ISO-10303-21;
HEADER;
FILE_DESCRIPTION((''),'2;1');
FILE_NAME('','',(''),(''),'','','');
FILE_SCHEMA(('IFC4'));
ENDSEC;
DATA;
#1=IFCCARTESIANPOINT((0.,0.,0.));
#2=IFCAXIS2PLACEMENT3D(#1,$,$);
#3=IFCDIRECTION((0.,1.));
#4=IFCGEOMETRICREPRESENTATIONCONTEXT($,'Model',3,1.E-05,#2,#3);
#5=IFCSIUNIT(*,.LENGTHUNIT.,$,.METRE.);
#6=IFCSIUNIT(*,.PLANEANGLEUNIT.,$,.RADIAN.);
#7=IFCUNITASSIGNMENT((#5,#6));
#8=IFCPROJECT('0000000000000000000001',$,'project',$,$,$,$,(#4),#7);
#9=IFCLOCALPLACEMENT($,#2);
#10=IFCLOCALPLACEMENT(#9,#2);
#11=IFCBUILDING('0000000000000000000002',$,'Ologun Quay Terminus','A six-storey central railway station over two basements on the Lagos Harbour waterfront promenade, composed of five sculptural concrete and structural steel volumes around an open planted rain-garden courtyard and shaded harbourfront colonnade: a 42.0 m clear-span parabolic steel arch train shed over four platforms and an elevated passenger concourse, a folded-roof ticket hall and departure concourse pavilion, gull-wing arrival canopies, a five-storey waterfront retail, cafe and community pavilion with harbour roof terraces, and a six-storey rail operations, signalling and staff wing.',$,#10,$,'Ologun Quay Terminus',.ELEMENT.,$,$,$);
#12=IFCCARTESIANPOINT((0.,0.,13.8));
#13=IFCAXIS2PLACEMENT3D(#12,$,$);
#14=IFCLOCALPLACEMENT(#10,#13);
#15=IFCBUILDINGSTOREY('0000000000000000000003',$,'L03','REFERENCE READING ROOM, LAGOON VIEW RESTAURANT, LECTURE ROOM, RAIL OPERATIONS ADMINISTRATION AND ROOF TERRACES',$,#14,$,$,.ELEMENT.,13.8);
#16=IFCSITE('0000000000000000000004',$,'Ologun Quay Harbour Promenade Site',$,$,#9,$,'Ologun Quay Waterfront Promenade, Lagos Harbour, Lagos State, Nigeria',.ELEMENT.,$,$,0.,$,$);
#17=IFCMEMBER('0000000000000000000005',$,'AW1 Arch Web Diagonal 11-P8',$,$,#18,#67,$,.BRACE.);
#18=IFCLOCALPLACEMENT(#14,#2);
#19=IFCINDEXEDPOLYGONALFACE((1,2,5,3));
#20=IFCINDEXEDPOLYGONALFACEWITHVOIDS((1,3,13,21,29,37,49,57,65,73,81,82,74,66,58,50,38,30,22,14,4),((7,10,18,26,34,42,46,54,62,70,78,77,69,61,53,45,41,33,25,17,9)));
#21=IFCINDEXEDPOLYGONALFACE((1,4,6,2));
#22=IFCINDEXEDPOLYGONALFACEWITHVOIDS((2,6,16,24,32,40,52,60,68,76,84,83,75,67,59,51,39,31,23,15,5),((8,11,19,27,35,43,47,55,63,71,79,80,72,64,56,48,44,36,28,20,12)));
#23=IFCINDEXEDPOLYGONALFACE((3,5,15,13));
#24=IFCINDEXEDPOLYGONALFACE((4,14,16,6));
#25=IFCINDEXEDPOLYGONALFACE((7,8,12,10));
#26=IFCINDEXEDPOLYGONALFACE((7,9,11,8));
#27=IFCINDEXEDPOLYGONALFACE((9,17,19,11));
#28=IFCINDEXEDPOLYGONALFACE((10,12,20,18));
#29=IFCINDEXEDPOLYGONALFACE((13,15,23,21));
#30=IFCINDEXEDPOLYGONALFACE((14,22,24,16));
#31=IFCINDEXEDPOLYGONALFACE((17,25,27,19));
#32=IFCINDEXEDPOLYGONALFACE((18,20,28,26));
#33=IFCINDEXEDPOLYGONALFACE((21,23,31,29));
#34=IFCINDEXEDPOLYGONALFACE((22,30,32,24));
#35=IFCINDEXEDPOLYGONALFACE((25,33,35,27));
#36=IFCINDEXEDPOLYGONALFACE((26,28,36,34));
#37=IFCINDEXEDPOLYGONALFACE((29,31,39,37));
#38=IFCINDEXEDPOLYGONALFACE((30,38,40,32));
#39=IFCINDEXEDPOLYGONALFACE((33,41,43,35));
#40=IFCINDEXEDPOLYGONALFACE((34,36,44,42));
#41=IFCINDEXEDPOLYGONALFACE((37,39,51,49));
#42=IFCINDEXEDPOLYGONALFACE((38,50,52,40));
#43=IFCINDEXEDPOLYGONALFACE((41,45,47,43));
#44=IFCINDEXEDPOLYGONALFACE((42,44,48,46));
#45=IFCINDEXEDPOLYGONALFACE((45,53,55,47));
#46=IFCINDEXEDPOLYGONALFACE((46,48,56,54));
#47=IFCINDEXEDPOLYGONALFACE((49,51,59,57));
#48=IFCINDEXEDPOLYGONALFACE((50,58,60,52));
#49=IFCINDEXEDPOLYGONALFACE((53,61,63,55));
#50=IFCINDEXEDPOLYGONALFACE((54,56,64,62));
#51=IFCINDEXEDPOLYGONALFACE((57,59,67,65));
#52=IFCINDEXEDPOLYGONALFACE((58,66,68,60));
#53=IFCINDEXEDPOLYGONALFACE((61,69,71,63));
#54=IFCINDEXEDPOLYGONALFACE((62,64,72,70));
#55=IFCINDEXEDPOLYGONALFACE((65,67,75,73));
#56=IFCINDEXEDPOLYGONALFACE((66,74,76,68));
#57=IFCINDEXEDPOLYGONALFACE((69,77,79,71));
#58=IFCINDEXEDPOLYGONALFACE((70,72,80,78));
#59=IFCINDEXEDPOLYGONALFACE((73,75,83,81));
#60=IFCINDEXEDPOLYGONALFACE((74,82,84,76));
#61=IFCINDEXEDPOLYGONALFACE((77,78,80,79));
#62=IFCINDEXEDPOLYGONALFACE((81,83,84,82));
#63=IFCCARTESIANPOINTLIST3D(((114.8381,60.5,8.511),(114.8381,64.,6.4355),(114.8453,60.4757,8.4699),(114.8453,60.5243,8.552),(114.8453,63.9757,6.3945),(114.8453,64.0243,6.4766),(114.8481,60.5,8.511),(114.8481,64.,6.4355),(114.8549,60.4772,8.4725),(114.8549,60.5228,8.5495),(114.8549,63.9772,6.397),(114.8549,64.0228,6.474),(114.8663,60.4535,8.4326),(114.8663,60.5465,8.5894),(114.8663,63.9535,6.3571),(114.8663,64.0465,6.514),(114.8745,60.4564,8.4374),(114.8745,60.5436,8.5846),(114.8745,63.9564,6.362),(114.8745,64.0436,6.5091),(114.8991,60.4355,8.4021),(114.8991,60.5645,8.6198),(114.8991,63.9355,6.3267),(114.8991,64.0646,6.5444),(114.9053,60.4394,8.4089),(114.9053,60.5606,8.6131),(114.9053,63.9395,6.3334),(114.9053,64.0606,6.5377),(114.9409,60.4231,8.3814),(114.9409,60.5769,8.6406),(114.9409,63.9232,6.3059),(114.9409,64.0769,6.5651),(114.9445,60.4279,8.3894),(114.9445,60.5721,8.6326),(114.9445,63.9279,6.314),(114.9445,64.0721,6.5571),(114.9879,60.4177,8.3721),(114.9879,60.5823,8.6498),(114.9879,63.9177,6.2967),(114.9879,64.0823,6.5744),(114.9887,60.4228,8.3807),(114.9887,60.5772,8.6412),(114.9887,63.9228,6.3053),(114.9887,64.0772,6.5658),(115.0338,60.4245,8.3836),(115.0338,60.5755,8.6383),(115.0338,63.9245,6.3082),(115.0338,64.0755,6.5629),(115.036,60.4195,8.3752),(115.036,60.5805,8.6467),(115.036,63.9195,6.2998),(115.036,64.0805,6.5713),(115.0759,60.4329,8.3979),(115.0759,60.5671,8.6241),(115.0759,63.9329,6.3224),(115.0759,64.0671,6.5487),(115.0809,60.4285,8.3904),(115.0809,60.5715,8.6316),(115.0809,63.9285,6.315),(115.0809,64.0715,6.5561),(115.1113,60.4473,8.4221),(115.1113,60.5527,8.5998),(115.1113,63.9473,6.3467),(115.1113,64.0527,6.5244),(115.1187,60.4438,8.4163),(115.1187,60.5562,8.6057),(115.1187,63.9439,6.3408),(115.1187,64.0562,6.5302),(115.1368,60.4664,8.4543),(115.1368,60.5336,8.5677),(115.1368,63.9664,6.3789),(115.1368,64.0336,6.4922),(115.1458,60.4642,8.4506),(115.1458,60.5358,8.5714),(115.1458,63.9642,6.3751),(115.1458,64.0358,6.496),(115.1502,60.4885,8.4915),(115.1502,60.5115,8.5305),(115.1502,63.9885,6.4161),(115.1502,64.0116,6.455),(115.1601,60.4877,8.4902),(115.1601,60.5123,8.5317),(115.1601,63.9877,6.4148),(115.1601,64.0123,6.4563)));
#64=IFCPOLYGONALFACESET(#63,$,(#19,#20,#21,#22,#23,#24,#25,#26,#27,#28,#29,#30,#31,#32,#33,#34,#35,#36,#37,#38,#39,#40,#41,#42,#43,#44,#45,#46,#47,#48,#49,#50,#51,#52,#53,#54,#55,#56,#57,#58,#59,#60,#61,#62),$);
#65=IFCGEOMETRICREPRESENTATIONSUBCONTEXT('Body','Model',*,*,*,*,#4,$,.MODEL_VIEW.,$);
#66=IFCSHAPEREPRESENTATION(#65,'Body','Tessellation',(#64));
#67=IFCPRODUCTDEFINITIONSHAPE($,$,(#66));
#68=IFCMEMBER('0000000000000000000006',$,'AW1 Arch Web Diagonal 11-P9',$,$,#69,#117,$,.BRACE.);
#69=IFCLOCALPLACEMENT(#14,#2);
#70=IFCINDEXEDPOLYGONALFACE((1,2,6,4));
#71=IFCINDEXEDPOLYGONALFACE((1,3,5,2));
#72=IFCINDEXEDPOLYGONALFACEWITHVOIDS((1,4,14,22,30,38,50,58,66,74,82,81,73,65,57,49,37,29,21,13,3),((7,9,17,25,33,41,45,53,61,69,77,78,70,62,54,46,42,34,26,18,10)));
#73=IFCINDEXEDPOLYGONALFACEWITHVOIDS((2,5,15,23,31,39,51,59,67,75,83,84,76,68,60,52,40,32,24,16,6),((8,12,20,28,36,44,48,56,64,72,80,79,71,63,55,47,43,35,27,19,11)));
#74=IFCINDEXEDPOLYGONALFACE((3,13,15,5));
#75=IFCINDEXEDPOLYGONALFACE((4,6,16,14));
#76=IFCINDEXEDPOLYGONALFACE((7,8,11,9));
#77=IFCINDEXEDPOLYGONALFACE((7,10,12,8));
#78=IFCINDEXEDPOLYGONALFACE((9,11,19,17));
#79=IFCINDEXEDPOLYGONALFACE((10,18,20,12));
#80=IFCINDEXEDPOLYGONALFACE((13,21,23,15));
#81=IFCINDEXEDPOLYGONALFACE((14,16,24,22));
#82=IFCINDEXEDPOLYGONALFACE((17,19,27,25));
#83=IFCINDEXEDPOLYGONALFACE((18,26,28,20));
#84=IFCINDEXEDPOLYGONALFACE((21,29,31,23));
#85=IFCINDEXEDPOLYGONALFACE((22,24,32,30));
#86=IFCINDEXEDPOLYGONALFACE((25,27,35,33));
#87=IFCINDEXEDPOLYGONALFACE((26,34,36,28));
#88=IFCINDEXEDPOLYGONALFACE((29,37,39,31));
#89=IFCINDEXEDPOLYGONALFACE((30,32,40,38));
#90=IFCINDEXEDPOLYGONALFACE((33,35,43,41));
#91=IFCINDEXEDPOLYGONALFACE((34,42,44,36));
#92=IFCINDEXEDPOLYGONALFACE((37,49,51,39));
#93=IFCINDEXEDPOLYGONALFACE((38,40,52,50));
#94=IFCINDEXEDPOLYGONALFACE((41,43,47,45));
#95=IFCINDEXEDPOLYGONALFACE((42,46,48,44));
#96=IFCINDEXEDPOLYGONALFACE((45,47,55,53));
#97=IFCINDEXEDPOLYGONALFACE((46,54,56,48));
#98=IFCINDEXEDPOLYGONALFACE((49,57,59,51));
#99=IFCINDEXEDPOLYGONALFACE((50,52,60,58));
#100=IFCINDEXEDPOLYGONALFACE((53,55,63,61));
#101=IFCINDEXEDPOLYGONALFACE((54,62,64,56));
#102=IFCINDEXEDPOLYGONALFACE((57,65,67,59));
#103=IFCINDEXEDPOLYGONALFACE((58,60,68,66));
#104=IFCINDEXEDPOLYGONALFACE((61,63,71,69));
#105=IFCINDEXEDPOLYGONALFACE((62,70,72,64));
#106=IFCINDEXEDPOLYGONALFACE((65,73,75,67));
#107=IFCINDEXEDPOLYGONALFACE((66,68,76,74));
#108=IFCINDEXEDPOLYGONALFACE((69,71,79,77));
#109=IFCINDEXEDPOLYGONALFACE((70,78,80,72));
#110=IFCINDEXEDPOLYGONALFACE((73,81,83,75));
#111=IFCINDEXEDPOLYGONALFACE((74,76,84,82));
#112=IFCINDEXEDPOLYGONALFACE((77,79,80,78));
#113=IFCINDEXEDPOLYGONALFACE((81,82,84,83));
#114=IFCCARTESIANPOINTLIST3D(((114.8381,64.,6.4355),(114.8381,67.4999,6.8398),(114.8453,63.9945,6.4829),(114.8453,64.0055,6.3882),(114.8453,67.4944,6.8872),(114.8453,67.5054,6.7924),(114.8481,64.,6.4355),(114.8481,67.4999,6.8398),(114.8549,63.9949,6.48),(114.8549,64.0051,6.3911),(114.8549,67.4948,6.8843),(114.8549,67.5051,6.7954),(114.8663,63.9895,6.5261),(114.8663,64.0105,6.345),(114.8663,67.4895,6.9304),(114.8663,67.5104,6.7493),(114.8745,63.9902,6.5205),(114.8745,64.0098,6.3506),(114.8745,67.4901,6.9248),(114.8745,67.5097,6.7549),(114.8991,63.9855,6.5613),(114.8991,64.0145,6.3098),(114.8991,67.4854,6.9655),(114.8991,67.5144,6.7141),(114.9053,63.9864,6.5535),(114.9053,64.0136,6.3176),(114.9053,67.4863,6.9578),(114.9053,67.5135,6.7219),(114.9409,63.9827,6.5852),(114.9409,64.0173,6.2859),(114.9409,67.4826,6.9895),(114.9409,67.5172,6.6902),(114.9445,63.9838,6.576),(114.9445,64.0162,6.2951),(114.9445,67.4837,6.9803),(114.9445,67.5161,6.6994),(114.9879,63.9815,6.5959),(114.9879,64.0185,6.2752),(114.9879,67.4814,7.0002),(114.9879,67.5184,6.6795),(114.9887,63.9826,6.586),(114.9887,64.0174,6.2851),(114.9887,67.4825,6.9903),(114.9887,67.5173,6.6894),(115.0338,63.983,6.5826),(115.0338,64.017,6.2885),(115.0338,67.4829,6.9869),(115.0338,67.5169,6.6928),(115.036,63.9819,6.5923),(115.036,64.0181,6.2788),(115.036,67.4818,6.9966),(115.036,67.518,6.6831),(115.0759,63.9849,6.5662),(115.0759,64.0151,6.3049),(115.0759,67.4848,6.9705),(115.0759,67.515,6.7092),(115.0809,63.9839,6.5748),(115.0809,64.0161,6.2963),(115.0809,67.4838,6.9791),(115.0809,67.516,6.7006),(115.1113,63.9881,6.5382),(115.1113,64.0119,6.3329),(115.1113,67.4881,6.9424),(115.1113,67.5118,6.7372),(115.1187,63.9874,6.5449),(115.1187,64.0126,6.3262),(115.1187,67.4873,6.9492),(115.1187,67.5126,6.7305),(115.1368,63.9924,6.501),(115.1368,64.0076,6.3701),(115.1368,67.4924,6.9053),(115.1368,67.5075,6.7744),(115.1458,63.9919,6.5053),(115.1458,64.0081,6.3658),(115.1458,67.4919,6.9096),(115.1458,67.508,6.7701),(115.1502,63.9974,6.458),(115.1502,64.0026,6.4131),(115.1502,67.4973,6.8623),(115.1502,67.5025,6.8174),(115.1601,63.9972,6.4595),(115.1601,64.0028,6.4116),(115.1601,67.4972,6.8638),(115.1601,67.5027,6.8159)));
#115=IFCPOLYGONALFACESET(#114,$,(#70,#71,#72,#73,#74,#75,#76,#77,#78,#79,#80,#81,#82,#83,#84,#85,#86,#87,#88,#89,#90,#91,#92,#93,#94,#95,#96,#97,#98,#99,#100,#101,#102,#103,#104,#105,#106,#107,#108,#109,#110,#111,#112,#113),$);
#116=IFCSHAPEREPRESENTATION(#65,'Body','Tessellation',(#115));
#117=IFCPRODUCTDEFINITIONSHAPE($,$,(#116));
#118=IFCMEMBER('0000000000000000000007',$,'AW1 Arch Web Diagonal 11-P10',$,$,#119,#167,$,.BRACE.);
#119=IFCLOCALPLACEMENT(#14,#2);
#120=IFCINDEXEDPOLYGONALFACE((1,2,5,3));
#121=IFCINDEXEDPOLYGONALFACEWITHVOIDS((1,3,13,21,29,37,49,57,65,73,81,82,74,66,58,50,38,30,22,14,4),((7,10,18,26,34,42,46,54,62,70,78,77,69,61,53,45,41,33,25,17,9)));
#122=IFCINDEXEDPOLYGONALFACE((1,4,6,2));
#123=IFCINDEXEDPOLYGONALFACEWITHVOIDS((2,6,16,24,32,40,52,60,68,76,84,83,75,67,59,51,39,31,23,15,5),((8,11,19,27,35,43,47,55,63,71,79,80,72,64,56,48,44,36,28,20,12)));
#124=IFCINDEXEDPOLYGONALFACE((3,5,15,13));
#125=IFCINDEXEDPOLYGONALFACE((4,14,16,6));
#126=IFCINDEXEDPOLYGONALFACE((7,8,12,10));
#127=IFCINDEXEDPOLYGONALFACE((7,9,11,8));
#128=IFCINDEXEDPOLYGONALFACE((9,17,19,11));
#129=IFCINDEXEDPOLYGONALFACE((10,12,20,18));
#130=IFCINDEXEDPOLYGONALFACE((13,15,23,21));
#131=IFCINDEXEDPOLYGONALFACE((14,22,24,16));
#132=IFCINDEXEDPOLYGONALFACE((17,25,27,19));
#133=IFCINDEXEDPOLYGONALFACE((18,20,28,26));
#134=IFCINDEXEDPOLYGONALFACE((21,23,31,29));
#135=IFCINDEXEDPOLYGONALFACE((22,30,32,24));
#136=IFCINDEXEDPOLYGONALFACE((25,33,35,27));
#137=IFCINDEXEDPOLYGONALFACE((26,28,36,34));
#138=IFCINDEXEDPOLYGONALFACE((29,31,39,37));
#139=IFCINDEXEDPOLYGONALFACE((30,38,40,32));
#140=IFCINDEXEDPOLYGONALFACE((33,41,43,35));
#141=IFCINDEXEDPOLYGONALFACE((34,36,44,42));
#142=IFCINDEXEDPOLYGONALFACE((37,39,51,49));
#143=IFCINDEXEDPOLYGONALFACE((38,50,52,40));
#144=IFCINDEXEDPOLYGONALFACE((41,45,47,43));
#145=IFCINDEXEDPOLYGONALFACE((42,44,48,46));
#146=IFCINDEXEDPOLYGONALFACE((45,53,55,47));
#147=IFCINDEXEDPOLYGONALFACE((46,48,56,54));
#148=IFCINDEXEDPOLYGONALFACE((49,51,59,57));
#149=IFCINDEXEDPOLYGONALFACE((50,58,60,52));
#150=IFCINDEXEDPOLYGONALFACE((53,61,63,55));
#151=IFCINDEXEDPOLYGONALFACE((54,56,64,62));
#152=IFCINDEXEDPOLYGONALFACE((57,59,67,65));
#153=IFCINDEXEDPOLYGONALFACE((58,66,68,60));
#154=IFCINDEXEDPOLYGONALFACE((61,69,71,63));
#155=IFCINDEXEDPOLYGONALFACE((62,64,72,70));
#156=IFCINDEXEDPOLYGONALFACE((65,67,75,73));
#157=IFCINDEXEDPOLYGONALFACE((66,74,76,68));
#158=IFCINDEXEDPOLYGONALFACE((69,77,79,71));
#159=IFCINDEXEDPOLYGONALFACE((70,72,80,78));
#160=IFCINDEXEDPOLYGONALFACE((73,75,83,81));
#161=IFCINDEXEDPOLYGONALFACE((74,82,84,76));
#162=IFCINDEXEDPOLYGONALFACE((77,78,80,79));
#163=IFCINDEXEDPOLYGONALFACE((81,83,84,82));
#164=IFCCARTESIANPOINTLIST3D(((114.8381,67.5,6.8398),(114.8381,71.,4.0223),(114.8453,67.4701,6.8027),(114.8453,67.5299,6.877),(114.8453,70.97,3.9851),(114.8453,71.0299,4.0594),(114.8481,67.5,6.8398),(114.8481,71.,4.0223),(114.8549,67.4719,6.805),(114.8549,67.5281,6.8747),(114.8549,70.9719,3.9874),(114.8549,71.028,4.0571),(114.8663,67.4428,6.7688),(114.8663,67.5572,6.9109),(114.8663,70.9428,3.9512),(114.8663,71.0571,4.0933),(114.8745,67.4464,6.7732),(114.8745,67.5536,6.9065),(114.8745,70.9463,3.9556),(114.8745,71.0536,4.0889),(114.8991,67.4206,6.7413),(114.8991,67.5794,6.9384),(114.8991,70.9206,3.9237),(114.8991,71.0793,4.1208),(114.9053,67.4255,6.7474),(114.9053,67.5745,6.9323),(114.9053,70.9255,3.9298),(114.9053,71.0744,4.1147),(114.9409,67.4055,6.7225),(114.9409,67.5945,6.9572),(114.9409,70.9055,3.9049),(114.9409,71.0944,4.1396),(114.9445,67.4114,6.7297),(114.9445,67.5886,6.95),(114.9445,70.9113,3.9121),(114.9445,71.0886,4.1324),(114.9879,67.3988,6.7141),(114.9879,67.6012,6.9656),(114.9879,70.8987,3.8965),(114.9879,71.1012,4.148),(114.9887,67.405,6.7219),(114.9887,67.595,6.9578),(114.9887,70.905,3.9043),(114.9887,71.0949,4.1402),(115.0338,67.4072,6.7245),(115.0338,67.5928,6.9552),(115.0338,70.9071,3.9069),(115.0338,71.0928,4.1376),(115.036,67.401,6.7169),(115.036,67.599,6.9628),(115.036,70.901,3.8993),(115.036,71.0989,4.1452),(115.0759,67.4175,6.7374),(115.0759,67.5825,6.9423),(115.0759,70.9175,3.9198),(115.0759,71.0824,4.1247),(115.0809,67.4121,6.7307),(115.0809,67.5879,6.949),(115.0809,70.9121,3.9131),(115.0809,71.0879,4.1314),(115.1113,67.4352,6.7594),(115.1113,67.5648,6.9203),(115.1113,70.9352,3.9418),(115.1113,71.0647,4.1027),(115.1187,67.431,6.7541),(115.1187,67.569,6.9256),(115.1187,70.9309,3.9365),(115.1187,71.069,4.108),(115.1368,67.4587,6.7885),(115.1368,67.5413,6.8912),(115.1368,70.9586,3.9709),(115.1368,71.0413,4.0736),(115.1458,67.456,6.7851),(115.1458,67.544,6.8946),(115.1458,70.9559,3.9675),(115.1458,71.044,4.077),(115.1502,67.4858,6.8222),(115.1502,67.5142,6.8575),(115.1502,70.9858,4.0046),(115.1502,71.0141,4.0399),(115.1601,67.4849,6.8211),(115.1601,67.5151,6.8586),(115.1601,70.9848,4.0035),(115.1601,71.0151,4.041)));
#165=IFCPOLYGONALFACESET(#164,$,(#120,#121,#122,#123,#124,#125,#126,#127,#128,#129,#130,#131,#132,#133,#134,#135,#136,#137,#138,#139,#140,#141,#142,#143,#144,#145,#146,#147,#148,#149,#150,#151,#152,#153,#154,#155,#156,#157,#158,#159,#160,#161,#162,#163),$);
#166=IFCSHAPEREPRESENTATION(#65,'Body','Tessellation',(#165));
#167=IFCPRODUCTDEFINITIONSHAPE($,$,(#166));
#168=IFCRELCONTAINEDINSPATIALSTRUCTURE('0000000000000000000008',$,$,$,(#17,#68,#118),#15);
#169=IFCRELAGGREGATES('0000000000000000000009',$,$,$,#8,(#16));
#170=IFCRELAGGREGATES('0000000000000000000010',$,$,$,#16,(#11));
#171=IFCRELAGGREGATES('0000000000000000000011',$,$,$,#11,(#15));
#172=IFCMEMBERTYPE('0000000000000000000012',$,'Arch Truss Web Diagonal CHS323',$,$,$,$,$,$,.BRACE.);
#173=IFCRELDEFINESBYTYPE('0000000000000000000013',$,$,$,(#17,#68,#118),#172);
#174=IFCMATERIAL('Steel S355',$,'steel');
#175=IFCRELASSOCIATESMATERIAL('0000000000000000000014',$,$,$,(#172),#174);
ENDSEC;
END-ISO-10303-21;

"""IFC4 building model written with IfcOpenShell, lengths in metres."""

from ifc_helpers import new_model, si_unit, direction, frame, origin, origin_2d, place, context, subcontext, project, spatial, hollow_circle, extrude, material, material_profile, profile_set, type_object, element, save


model = new_model("IFC4")

# Units and contexts
model_context = context("Model", 3, precision=1e-05, world=origin(), true_north=direction((0.0, 1.0)))
body_context = subcontext(model_context, "Body", "Model", "MODEL_VIEW")
ifc_project = project(units=[si_unit("LENGTHUNIT", "METRE"), si_unit("PLANEANGLEUNIT", "RADIAN")], contexts=[model_context])

# Site, building, storey
site_placement = place(None, origin())
site = spatial("IfcSite", under=ifc_project, at=site_placement, Name="Ologun Quay Harbour Promenade Site", LongName="Ologun Quay Waterfront Promenade, Lagos Harbour, Lagos State, Nigeria", CompositionType="ELEMENT", RefElevation=0.0)
building_placement = place(site_placement, origin())
building = spatial("IfcBuilding", under=site, at=building_placement, Name="Ologun Quay Terminus", Description="A six-storey central railway station over two basements on the Lagos Harbour waterfront promenade, composed of five sculptural concrete and structural steel volumes around an open planted rain-garden courtyard and shaded harbourfront colonnade: a 42.0 m clear-span parabolic steel arch train shed over four platforms and an elevated passenger concourse, a folded-roof ticket hall and departure concourse pavilion, gull-wing arrival canopies, a five-storey waterfront retail, cafe and community pavilion with harbour roof terraces, and a six-storey rail operations, signalling and staff wing.", LongName="Ologun Quay Terminus", CompositionType="ELEMENT")
storey_placement = place(building_placement, frame((0.0, 0.0, 13.8)))
storey = spatial("IfcBuildingStorey", under=building, at=storey_placement, Name="L03", Description="REFERENCE READING ROOM, LAGOON VIEW RESTAURANT, LECTURE ROOM, RAIL OPERATIONS ADMINISTRATION AND ROOF TERRACES", CompositionType="ELEMENT", Elevation=13.8)

# Members
ifc_material_1 = material(Name="Steel S355", Category="steel")
ifc_material_profile_1 = material_profile(ifc_material_1, hollow_circle(Radius=0.1619, WallThickness=0.01, at=origin_2d()), Name="CHS 323.9x10")
ifc_profile_set_1 = profile_set([ifc_material_profile_1], Name="Steel S355")
member_type_1 = type_object("IfcMemberType", Name="Arch Truss Web Diagonal CHS323", PredefinedType="BRACE", material=ifc_profile_set_1)
member_1_placement = place(storey_placement, frame((115.0, 60.5, 8.511), z_axis=(0.0, 0.860144, -0.510051), x_axis=(-1.0, 0.0, 0.0)))
element("IfcMember", 1, at=member_1_placement, inside=storey, type_object=member_type_1, Name="AW1 Arch Web Diagonal 11-P8", PredefinedType="BRACE", context=body_context, shape_type="SweptSolid", body=[
    extrude(hollow_circle(Radius=0.1619, WallThickness=0.01, at=origin_2d()), origin(), (0.0, 0.0, 1.0), 4.0691),
])
member_2_placement = place(storey_placement, frame((115.0, 64.0, 6.4355), z_axis=(0.0, 0.993394, 0.11475), x_axis=(-1.0, 0.0, 0.0)))
element("IfcMember", 2, at=member_2_placement, inside=storey, type_object=member_type_1, Name="AW1 Arch Web Diagonal 11-P9", PredefinedType="BRACE", context=body_context, shape_type="SweptSolid", body=[
    extrude(hollow_circle(Radius=0.1619, WallThickness=0.01, at=origin_2d()), origin(), (0.0, 0.0, 1.0), 3.5232),
])
member_3_placement = place(storey_placement, frame((115.0, 67.5, 6.8398), z_axis=(0.0, 0.778951, -0.627084), x_axis=(-1.0, 0.0, 0.0)))
element("IfcMember", 3, at=member_3_placement, inside=storey, type_object=member_type_1, Name="AW1 Arch Web Diagonal 11-P10", PredefinedType="BRACE", context=body_context, shape_type="SweptSolid", body=[
    extrude(hollow_circle(Radius=0.1619, WallThickness=0.01, at=origin_2d()), origin(), (0.0, 0.0, 1.0), 4.4932),
])

save(model, "model.ifc")
